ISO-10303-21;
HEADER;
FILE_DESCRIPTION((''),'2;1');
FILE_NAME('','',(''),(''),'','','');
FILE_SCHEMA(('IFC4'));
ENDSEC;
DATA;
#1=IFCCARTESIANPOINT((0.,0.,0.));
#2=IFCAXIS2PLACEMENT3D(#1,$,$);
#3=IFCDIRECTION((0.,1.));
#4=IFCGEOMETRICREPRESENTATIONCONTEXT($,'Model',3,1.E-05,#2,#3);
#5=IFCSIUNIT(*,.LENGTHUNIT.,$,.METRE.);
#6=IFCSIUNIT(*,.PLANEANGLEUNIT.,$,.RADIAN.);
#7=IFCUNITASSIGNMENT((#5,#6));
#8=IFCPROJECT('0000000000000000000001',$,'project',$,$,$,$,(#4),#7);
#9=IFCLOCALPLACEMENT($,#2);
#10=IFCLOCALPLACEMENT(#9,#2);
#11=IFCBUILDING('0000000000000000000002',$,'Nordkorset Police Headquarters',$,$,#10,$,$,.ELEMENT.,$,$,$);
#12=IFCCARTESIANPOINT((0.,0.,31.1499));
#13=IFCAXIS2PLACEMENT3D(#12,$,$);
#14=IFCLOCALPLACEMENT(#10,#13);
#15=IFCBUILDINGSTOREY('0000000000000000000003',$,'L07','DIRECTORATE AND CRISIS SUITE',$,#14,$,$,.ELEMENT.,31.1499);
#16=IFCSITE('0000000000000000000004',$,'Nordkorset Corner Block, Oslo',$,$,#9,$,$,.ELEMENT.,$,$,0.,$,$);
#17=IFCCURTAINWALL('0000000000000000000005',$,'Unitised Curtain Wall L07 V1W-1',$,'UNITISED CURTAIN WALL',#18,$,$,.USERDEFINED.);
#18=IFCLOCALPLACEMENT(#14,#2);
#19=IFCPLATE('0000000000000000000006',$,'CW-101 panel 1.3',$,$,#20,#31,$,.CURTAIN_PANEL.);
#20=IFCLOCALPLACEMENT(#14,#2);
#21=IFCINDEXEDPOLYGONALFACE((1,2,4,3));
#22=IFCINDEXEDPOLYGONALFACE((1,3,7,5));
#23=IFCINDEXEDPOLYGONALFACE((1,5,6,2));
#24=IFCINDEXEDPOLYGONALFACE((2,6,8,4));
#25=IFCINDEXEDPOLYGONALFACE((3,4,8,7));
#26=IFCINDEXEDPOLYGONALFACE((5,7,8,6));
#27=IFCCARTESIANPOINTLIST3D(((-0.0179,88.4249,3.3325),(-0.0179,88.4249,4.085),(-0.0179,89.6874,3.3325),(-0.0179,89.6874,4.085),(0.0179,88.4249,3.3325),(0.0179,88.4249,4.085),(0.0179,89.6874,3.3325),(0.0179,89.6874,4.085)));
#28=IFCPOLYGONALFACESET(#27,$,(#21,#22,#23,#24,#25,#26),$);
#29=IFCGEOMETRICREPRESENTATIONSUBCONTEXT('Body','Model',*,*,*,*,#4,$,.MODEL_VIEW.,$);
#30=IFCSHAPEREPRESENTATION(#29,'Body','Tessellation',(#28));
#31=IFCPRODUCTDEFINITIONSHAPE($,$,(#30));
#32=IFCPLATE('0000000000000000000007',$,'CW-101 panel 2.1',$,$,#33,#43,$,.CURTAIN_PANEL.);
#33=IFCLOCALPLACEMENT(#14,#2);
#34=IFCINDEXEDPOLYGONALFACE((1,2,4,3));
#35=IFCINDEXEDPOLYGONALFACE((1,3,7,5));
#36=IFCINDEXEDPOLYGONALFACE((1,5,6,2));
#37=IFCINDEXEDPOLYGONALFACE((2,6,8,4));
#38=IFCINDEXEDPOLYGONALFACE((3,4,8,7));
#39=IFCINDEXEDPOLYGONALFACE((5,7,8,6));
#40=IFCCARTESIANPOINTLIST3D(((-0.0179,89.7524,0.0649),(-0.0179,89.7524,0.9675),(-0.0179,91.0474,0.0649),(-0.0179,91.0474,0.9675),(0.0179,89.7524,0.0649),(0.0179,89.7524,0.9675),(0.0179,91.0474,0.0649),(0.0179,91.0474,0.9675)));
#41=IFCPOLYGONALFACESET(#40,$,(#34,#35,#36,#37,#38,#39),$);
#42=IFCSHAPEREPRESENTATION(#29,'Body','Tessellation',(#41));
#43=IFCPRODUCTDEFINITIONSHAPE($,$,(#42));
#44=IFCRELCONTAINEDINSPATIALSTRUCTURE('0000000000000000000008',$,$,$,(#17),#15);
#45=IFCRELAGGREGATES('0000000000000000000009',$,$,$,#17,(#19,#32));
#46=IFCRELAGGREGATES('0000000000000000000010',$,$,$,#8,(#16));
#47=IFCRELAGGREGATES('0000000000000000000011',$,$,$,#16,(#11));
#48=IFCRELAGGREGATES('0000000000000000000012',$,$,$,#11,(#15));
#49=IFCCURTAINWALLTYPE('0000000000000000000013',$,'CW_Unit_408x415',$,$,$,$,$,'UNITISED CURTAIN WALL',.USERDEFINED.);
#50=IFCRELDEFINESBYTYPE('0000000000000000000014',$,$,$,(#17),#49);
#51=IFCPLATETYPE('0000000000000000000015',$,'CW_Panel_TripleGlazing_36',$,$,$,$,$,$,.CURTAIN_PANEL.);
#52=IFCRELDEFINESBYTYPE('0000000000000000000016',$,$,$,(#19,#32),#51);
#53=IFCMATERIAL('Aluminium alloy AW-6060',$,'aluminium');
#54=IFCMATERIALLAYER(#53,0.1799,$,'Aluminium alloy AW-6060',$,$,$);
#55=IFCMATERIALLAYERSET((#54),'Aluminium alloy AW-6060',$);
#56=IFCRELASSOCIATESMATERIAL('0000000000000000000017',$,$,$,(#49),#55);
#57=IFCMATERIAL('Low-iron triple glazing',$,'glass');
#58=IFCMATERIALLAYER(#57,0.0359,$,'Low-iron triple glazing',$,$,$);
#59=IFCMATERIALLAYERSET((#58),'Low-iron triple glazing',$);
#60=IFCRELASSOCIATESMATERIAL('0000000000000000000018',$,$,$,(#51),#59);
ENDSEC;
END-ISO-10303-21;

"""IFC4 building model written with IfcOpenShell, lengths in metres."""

from ifc_helpers import new_model, si_unit, direction, frame, origin, origin_2d, place, context, subcontext, project, spatial, rectangle, extrude, material, layer, layer_set, type_object, element, aggregate, save


model = new_model("IFC4")

# Units and contexts
model_context = context("Model", 3, precision=1e-05, world=origin(), true_north=direction((0.0, 1.0)))
body_context = subcontext(model_context, "Body", "Model", "MODEL_VIEW")
ifc_project = project(units=[si_unit("LENGTHUNIT", "METRE"), si_unit("PLANEANGLEUNIT", "RADIAN")], contexts=[model_context])

# Site, building, storey
site_placement = place(None, origin())
site = spatial("IfcSite", under=ifc_project, at=site_placement, Name="Nordkorset Corner Block, Oslo", CompositionType="ELEMENT", RefElevation=0.0)
building_placement = place(site_placement, origin())
building = spatial("IfcBuilding", under=site, at=building_placement, Name="Nordkorset Police Headquarters", CompositionType="ELEMENT")
storey_placement = place(building_placement, frame((0.0, 0.0, 31.1499)))
storey = spatial("IfcBuildingStorey", under=building, at=storey_placement, Name="L07", Description="DIRECTORATE AND CRISIS SUITE", CompositionType="ELEMENT", Elevation=31.1499)

# Curtain wall
ifc_material_1 = material(Name="Aluminium alloy AW-6060", Category="aluminium")
ifc_layer_1 = layer(ifc_material_1, 0.1799, Name="Aluminium alloy AW-6060")
ifc_layer_set_1 = layer_set([ifc_layer_1], Name="Aluminium alloy AW-6060")
curtain_wall_type = type_object("IfcCurtainWallType", Name="CW_Unit_408x415", ElementType="UNITISED CURTAIN WALL", PredefinedType="USERDEFINED", material=ifc_layer_set_1)
curtain_wall_1_placement = place(storey_placement, origin())
curtain_wall_1 = element("IfcCurtainWall", 1, at=curtain_wall_1_placement, inside=storey, type_object=curtain_wall_type, Name="Unitised Curtain Wall L07 V1W-1", ObjectType="UNITISED CURTAIN WALL", PredefinedType="USERDEFINED")

# Plates
ifc_material_2 = material(Name="Low-iron triple glazing", Category="glass")
ifc_layer_2 = layer(ifc_material_2, 0.0359, Name="Low-iron triple glazing")
ifc_layer_set_2 = layer_set([ifc_layer_2], Name="Low-iron triple glazing")
plate_type = type_object("IfcPlateType", Name="CW_Panel_TripleGlazing_36", PredefinedType="CURTAIN_PANEL", material=ifc_layer_set_2)
plate_1_placement = place(storey_placement, frame((0.0, 89.0562, 3.3325), z_axis=(0.0, 0.0, 1.0), x_axis=(0.0, 1.0, 0.0)))
plate_1 = element("IfcPlate", 2, at=plate_1_placement, type_object=plate_type, Name="CW-101 panel 1.3", PredefinedType="CURTAIN_PANEL", context=body_context, shape_type="SweptSolid", body=[
    extrude(rectangle(XDim=1.2625, YDim=0.0359, at=origin_2d()), origin(), (0.0, 0.0, 1.0), 0.7524),
])
plate_2_placement = place(storey_placement, frame((0.0, 90.3999, 0.0649), z_axis=(0.0, 0.0, 1.0), x_axis=(0.0, 1.0, 0.0)))
plate_2 = element("IfcPlate", 3, at=plate_2_placement, type_object=plate_type, Name="CW-101 panel 2.1", PredefinedType="CURTAIN_PANEL", context=body_context, shape_type="SweptSolid", body=[
    extrude(rectangle(XDim=1.2949, YDim=0.0359, at=origin_2d()), origin(), (0.0, 0.0, 1.0), 0.9026),
])
aggregate(curtain_wall_1, [plate_1, plate_2])

save(model, "model.ifc")
